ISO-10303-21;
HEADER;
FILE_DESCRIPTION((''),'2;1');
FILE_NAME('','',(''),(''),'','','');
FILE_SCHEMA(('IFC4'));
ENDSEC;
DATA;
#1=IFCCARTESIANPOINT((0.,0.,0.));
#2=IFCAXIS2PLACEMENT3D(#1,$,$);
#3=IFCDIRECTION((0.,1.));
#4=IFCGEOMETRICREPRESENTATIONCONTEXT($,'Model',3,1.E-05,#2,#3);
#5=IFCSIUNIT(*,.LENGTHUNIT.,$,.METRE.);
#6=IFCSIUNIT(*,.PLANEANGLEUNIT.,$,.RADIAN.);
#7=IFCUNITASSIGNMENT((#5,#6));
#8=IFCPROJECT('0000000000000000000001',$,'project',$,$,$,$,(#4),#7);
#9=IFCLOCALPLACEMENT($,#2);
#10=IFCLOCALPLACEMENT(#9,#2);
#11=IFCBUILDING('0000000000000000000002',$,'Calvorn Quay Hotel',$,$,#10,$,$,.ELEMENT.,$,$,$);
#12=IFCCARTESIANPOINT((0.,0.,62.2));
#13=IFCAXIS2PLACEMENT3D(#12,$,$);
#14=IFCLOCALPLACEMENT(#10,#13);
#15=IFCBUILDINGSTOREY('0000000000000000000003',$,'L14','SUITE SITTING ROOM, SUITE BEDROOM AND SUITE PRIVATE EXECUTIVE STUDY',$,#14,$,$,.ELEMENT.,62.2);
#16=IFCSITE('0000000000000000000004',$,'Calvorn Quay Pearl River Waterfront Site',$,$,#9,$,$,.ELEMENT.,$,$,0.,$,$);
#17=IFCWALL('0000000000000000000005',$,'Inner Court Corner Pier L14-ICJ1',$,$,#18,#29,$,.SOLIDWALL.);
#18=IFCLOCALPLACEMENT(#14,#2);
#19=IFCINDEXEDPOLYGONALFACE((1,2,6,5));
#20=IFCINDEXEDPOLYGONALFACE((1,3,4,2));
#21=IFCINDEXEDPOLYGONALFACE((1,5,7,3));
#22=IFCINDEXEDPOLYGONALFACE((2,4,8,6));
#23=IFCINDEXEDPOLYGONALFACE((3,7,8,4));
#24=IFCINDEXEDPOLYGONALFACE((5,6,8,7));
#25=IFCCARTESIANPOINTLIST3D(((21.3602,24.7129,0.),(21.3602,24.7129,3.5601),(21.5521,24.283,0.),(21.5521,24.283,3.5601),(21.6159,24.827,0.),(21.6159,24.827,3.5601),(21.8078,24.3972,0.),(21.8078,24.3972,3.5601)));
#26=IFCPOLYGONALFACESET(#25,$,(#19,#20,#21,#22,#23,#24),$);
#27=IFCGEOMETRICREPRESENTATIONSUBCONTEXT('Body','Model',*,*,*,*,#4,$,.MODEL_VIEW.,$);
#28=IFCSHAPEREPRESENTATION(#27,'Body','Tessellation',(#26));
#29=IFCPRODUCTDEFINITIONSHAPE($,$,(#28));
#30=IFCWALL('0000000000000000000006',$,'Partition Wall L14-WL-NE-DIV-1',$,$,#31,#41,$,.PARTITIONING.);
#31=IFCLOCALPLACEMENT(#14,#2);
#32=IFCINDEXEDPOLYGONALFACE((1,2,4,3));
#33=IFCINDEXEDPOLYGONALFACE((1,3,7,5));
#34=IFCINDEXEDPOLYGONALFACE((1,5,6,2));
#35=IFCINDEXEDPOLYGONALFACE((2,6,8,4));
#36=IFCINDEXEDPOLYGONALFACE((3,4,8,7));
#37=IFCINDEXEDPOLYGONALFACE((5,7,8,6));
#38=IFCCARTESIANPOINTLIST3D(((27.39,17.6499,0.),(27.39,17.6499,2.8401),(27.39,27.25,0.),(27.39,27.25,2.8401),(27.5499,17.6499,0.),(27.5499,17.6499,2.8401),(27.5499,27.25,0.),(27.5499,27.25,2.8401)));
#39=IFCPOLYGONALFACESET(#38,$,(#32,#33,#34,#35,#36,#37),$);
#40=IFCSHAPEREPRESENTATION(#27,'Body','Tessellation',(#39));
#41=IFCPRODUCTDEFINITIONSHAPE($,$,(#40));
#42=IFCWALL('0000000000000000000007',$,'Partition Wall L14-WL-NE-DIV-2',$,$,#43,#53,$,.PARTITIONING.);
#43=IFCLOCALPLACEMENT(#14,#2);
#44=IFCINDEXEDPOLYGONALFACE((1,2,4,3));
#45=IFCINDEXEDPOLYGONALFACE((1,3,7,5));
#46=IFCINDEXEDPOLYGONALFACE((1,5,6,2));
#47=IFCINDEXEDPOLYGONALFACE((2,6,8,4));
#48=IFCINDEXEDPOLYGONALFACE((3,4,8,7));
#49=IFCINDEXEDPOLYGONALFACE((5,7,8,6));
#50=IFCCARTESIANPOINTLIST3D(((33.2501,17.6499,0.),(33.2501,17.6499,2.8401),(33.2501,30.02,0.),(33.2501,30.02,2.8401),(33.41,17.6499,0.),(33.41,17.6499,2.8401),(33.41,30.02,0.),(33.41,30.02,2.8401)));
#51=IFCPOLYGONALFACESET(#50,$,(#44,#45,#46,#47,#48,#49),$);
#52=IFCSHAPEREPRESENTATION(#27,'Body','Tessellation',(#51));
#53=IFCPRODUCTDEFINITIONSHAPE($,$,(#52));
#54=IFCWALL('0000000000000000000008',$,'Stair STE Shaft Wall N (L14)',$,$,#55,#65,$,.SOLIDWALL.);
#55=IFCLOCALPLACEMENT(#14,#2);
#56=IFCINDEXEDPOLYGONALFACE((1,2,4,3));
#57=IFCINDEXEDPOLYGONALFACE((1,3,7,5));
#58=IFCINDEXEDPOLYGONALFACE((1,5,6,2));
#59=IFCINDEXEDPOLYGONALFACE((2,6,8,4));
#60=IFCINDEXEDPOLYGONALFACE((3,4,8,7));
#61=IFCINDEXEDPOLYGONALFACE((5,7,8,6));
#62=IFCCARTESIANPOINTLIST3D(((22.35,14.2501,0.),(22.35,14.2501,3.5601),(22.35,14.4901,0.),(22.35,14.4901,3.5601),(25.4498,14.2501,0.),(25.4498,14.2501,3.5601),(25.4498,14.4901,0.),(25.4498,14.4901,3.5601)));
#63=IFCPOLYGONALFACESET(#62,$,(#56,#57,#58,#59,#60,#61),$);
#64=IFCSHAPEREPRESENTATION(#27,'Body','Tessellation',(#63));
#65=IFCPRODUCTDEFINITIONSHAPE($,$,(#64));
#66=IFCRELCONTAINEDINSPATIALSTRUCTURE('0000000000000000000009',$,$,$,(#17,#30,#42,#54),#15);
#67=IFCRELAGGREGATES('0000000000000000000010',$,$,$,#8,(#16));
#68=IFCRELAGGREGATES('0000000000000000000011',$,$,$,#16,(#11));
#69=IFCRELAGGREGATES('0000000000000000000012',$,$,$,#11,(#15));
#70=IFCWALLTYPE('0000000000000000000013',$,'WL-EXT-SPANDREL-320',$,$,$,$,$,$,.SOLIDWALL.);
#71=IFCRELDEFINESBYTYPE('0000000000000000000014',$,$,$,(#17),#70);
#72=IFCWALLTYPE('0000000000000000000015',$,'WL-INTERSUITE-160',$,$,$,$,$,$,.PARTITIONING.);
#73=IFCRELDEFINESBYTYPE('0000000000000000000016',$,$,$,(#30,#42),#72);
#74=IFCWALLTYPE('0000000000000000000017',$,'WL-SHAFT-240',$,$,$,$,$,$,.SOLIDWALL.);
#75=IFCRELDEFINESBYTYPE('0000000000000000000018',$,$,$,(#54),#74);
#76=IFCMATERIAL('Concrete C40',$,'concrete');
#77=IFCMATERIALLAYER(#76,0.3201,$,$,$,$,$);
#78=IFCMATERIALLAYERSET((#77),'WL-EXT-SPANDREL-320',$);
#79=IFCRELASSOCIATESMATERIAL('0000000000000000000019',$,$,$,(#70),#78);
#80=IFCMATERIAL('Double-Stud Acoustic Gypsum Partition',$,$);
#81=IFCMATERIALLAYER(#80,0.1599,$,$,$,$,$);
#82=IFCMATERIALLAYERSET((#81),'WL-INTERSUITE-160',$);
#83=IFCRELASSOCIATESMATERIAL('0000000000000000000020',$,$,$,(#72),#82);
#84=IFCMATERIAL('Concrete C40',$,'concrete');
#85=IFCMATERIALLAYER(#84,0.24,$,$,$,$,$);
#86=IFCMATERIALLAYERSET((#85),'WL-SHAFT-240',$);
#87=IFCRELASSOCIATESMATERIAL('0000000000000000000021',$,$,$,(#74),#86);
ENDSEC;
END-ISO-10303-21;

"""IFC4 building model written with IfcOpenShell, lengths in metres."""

from ifc_helpers import new_model, si_unit, direction, frame, frame_2d, origin, place, context, subcontext, project, spatial, rectangle, extrude, material, layer, layer_set, type_object, element, save


model = new_model("IFC4")

# Units and contexts
model_context = context("Model", 3, precision=1e-05, world=origin(), true_north=direction((0.0, 1.0)))
body_context = subcontext(model_context, "Body", "Model", "MODEL_VIEW")
ifc_project = project(units=[si_unit("LENGTHUNIT", "METRE"), si_unit("PLANEANGLEUNIT", "RADIAN")], contexts=[model_context])

# Site, building, storey
site_placement = place(None, origin())
site = spatial("IfcSite", under=ifc_project, at=site_placement, Name="Calvorn Quay Pearl River Waterfront Site", CompositionType="ELEMENT", RefElevation=0.0)
building_placement = place(site_placement, origin())
building = spatial("IfcBuilding", under=site, at=building_placement, Name="Calvorn Quay Hotel", CompositionType="ELEMENT")
storey_placement = place(building_placement, frame((0.0, 0.0, 62.2)))
storey = spatial("IfcBuildingStorey", under=building, at=storey_placement, Name="L14", Description="SUITE SITTING ROOM, SUITE BEDROOM AND SUITE PRIVATE EXECUTIVE STUDY", CompositionType="ELEMENT", Elevation=62.2)

# Walls
ifc_material_1 = material(Name="Concrete C40", Category="concrete")
ifc_layer_1 = layer(ifc_material_1, 0.3201)
ifc_layer_set_1 = layer_set([ifc_layer_1], Name="WL-EXT-SPANDREL-320")
wall_type_1 = type_object("IfcWallType", Name="WL-EXT-SPANDREL-320", PredefinedType="SOLIDWALL", material=ifc_layer_set_1)
wall_1_placement = place(storey_placement, frame((21.6799, 24.3401, 0.0), z_axis=(0.0, 0.0, 1.0), x_axis=(-0.407581, 0.913169, 0.0)))
element("IfcWall", 1, at=wall_1_placement, inside=storey, type_object=wall_type_1, Name="Inner Court Corner Pier L14-ICJ1", PredefinedType="SOLIDWALL", context=body_context, shape_type="SweptSolid", body=[
    extrude(rectangle(XDim=0.4707, YDim=0.28, at=frame_2d((0.2354, 0.0))), origin(), (0.0, 0.0, 1.0), 3.5601),
])
ifc_material_2 = material(Name="Double-Stud Acoustic Gypsum Partition")
ifc_layer_2 = layer(ifc_material_2, 0.1599)
ifc_layer_set_2 = layer_set([ifc_layer_2], Name="WL-INTERSUITE-160")
wall_type_2 = type_object("IfcWallType", Name="WL-INTERSUITE-160", PredefinedType="PARTITIONING", material=ifc_layer_set_2)
wall_2_placement = place(storey_placement, frame((27.47, 17.6499, 0.0), z_axis=(0.0, 0.0, 1.0), x_axis=(0.0, 1.0, 0.0)))
element("IfcWall", 2, at=wall_2_placement, inside=storey, type_object=wall_type_2, Name="Partition Wall L14-WL-NE-DIV-1", PredefinedType="PARTITIONING", context=body_context, shape_type="SweptSolid", body=[
    extrude(rectangle(XDim=9.6001, YDim=0.1599, at=frame_2d((4.8, 0.0))), origin(), (0.0, 0.0, 1.0), 2.8401),
])
wall_3_placement = place(storey_placement, frame((33.3301, 17.6499, 0.0), z_axis=(0.0, 0.0, 1.0), x_axis=(0.0, 1.0, 0.0)))
element("IfcWall", 3, at=wall_3_placement, inside=storey, type_object=wall_type_2, Name="Partition Wall L14-WL-NE-DIV-2", PredefinedType="PARTITIONING", context=body_context, shape_type="SweptSolid", body=[
    extrude(rectangle(XDim=12.3701, YDim=0.1599, at=frame_2d((6.1851, 0.0))), origin(), (0.0, 0.0, 1.0), 2.8401),
])
ifc_material_3 = material(Name="Concrete C40", Category="concrete")
ifc_layer_3 = layer(ifc_material_3, 0.24)
ifc_layer_set_3 = layer_set([ifc_layer_3], Name="WL-SHAFT-240")
wall_type_3 = type_object("IfcWallType", Name="WL-SHAFT-240", PredefinedType="SOLIDWALL", material=ifc_layer_set_3)
wall_4_placement = place(storey_placement, frame((22.3501, 14.3701, 0.0), z_axis=(0.0, 0.0, 1.0), x_axis=(1.0, 0.0, 0.0)))
element("IfcWall", 4, at=wall_4_placement, inside=storey, type_object=wall_type_3, Name="Stair STE Shaft Wall N (L14)", PredefinedType="SOLIDWALL", context=body_context, shape_type="SweptSolid", body=[
    extrude(rectangle(XDim=3.0999, YDim=0.24, at=frame_2d((1.5498, 0.0))), origin(), (0.0, 0.0, 1.0), 3.5601),
])

save(model, "model.ifc")
